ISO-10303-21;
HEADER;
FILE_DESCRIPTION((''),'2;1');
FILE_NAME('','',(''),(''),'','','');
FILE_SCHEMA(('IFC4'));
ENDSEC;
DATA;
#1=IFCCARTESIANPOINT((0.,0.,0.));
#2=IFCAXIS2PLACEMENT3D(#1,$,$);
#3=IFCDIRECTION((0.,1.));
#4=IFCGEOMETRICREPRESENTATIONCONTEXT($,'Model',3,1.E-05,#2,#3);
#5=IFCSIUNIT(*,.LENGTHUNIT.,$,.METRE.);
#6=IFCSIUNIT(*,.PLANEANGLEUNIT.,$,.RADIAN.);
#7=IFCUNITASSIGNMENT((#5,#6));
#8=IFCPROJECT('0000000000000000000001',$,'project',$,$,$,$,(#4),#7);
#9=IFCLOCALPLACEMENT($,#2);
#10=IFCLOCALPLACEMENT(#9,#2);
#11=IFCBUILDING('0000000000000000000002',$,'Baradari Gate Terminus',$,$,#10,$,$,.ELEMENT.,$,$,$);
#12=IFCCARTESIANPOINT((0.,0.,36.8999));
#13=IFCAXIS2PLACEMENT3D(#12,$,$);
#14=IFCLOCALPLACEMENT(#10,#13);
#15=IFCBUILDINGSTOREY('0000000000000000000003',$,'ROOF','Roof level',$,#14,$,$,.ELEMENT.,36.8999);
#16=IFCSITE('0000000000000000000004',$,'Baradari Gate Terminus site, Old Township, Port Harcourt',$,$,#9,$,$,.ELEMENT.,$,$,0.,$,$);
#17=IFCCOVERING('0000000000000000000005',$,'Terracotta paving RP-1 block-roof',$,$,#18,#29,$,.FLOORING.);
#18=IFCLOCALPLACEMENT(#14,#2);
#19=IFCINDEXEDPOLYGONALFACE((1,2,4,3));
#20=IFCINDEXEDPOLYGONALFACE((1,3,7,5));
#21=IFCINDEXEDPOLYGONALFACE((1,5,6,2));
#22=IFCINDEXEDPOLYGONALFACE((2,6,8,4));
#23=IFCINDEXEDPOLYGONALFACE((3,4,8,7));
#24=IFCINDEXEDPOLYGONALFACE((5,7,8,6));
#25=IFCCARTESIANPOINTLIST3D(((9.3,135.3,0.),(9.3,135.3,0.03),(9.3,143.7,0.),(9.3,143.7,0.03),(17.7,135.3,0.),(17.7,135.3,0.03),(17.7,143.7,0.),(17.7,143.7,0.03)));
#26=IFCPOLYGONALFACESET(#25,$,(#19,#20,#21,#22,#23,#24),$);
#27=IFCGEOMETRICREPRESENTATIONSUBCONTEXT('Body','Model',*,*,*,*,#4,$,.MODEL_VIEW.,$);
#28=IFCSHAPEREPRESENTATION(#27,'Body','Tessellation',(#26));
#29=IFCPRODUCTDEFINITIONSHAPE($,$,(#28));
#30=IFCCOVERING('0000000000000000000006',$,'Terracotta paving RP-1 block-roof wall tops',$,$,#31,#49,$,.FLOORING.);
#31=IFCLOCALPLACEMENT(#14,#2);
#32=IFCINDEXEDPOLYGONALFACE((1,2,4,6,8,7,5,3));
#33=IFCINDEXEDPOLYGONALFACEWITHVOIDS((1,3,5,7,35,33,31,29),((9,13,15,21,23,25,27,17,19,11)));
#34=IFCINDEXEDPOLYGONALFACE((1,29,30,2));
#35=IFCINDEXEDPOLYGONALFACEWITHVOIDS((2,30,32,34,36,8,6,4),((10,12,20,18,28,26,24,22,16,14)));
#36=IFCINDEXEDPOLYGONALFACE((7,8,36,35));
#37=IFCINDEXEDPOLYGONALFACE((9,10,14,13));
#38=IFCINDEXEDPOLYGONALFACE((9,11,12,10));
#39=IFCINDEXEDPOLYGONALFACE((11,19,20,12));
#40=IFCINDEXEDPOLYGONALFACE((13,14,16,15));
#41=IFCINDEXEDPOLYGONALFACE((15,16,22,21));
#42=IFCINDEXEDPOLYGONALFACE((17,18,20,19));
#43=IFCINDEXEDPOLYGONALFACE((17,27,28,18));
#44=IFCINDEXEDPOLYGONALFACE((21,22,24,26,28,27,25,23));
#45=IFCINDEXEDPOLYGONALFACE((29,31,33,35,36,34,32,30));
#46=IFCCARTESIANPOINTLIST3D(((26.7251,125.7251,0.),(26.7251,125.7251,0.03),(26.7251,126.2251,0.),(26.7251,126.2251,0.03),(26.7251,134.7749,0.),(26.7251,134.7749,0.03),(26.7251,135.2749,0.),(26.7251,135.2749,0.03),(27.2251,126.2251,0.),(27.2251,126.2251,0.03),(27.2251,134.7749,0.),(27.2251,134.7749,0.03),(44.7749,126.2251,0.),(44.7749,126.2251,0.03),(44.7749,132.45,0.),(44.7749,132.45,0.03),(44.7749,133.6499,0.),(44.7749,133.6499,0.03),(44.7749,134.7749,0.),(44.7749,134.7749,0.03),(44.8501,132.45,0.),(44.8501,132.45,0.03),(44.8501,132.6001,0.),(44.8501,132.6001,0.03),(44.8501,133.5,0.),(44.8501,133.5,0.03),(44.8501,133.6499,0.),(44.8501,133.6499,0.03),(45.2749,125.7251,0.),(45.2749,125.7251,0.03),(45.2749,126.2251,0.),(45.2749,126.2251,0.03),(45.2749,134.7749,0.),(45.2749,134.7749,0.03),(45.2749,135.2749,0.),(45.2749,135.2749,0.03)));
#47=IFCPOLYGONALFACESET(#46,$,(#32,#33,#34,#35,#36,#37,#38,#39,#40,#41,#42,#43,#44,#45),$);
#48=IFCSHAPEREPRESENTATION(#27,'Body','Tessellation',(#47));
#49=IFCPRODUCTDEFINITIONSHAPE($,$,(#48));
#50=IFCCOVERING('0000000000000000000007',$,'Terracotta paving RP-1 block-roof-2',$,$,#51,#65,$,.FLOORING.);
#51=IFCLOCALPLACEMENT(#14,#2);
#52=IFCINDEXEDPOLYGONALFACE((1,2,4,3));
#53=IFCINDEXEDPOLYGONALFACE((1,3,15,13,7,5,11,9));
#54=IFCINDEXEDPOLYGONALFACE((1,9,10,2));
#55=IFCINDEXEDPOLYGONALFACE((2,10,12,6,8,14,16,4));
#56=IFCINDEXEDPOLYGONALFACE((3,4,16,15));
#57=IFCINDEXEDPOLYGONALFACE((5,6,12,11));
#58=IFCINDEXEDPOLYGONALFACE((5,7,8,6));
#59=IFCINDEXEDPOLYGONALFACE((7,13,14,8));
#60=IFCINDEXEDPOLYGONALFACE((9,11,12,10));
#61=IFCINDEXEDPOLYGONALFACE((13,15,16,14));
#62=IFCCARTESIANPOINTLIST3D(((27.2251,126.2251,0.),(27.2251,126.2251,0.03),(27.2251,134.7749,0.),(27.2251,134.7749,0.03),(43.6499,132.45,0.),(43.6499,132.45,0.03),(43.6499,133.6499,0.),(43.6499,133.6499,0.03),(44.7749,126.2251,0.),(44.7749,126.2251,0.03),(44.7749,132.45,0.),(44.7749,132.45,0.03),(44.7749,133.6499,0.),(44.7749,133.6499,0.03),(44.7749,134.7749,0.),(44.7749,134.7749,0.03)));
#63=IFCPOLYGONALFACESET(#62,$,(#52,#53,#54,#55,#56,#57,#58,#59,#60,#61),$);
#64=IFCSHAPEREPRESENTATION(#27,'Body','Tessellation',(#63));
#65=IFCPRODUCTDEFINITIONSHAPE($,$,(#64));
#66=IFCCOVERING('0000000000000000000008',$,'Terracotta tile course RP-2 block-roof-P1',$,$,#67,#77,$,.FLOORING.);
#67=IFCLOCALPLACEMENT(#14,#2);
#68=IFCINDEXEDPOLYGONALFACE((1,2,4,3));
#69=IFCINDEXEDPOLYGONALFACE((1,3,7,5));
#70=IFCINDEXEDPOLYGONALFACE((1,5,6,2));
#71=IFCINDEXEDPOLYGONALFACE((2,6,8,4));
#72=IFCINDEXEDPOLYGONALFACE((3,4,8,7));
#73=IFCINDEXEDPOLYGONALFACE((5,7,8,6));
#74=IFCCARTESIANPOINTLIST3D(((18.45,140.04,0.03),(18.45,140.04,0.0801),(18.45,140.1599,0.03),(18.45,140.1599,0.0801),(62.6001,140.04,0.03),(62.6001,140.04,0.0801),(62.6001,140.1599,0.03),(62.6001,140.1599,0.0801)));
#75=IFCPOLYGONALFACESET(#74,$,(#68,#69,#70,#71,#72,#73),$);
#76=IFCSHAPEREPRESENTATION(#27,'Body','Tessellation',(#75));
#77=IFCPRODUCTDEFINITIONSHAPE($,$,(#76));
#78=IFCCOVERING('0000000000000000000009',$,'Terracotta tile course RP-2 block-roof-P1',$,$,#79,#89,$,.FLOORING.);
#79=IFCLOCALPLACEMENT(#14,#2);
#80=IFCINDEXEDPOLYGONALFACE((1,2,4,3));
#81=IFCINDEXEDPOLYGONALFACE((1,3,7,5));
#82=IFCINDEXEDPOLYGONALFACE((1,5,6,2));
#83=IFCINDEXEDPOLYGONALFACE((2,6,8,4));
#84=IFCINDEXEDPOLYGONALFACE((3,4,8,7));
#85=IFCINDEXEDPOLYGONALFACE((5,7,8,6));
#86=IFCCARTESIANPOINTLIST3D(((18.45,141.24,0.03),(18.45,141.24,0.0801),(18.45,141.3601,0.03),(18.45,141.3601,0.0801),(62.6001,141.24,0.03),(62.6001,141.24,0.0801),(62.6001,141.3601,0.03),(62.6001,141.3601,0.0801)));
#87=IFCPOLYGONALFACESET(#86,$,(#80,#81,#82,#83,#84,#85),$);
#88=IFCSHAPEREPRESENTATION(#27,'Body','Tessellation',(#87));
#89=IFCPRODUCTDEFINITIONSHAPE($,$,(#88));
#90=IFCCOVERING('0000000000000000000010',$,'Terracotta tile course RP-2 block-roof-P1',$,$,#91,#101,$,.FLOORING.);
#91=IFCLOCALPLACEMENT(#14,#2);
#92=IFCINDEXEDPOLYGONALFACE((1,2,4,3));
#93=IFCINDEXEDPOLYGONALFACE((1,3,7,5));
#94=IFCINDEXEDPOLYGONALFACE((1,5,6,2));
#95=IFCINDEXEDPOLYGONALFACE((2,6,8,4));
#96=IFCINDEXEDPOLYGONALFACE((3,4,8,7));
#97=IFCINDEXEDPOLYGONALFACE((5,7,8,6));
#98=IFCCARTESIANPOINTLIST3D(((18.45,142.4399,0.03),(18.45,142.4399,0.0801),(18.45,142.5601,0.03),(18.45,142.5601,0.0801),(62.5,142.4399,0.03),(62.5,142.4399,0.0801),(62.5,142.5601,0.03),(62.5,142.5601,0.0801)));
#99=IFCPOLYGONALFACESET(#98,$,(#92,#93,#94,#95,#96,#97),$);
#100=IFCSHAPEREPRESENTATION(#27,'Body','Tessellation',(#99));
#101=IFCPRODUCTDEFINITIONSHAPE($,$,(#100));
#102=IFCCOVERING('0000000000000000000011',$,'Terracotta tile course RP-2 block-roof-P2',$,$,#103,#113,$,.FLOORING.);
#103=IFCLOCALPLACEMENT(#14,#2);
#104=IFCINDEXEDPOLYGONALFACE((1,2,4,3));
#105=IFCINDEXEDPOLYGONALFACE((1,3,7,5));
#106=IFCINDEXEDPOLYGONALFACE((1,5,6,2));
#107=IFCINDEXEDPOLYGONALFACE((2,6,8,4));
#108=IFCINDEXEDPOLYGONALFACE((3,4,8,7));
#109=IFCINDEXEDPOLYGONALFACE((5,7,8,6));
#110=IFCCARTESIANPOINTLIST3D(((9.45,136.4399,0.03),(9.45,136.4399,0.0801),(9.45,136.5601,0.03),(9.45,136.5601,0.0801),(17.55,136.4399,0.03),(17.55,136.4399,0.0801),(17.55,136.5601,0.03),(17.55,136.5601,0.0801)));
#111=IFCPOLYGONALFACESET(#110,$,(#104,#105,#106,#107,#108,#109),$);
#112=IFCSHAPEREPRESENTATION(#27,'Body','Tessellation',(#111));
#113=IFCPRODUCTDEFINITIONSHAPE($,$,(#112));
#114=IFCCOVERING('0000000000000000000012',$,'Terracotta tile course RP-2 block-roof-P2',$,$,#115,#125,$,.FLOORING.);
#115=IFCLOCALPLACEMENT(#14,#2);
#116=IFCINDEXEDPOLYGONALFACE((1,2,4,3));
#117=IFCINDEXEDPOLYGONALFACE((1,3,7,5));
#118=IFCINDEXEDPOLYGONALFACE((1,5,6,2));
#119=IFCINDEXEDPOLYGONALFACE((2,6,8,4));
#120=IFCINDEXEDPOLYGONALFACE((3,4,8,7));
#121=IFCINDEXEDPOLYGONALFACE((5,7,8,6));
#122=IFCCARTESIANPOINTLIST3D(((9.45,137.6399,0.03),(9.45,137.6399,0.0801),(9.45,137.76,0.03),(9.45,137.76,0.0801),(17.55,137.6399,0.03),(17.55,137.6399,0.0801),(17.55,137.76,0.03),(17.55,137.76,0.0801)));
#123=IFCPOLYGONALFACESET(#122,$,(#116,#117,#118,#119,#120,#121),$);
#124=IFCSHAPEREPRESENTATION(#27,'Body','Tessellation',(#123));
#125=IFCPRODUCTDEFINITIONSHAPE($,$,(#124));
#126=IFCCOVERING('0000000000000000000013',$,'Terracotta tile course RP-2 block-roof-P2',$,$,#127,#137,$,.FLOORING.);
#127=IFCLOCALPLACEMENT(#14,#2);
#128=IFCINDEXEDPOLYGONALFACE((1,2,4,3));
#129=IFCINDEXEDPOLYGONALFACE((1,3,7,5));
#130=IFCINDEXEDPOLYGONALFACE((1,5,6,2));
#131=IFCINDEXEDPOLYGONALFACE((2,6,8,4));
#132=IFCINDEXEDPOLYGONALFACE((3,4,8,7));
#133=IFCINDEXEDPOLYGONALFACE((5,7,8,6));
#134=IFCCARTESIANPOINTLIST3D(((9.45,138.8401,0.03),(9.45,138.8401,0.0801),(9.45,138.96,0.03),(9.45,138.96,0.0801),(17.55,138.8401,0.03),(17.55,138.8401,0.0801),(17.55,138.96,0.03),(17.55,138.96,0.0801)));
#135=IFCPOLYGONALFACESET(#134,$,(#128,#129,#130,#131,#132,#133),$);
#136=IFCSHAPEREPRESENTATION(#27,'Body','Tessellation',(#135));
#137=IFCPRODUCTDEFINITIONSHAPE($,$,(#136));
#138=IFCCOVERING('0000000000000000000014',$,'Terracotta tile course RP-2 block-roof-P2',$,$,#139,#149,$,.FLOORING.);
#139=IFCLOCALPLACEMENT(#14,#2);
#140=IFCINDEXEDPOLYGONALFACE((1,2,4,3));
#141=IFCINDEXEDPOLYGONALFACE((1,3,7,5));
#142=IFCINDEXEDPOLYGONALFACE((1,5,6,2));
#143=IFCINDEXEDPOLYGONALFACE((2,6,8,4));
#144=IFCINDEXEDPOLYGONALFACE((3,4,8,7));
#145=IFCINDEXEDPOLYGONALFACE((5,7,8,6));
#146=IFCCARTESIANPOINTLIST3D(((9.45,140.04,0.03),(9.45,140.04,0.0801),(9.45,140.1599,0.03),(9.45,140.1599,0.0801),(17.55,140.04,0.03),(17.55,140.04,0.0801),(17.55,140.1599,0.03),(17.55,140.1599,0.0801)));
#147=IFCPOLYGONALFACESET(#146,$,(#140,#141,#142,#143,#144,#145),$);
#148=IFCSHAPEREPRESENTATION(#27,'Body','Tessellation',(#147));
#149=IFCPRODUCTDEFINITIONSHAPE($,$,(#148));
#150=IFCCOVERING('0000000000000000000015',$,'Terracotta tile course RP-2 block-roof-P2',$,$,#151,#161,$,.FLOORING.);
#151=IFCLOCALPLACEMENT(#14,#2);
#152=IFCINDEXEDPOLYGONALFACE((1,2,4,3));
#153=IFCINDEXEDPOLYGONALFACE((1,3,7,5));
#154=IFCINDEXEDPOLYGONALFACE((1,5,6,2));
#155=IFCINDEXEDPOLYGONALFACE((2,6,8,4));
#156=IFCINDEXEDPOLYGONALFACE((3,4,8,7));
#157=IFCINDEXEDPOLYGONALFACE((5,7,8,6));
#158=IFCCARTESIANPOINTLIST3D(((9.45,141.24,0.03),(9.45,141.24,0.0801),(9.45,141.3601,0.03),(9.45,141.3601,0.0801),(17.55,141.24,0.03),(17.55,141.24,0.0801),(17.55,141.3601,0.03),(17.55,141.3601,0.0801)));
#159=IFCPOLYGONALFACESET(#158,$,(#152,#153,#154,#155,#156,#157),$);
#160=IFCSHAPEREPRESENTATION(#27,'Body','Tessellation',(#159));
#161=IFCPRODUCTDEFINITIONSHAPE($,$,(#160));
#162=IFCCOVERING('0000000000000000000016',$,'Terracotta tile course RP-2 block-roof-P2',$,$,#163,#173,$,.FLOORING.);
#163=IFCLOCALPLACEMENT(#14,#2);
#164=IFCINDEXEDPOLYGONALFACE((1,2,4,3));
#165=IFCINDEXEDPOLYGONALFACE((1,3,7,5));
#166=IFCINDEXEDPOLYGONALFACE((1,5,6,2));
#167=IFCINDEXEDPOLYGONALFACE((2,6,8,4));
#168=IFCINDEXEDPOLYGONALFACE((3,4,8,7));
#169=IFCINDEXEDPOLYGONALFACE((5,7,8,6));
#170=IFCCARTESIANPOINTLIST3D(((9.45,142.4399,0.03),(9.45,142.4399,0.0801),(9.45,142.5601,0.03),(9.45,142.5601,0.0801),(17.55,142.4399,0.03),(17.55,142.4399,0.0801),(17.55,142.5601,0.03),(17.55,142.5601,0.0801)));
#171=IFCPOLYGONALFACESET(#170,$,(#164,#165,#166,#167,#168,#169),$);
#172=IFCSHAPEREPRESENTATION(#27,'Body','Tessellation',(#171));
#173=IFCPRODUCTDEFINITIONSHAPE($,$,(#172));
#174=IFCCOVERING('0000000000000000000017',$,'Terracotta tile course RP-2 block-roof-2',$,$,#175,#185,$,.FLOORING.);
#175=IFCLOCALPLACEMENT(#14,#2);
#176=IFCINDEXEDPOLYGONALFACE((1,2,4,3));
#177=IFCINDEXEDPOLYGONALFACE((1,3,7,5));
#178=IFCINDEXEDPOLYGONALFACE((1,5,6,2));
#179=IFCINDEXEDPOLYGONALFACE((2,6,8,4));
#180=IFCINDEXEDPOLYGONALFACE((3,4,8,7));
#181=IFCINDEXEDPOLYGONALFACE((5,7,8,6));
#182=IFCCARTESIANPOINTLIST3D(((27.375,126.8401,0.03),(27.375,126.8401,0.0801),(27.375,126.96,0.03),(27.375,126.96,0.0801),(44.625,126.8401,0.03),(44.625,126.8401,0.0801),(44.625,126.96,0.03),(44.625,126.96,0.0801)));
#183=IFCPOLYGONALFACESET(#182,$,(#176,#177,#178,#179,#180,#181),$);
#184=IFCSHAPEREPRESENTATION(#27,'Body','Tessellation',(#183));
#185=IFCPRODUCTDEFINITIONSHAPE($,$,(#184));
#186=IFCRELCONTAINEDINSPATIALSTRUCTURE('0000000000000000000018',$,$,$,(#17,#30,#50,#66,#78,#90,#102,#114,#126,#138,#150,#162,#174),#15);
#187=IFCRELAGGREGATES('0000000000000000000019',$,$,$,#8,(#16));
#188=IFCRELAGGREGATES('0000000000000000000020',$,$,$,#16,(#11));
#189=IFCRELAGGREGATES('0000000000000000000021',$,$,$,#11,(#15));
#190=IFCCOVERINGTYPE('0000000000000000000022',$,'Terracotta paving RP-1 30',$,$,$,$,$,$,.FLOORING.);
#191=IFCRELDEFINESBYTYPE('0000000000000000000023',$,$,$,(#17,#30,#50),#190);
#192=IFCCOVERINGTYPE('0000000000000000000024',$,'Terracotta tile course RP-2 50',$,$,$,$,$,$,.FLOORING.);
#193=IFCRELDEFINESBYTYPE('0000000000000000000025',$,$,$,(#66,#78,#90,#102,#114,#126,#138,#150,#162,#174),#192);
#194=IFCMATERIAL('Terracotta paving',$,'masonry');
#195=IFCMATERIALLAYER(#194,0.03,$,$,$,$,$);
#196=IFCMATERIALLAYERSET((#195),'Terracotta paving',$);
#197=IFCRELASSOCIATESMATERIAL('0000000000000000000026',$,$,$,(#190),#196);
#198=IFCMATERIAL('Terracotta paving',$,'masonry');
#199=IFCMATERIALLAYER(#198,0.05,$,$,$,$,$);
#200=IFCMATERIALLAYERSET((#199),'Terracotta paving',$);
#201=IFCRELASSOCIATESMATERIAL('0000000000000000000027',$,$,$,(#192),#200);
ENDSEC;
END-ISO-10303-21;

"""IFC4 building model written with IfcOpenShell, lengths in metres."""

from ifc_helpers import new_model, si_unit, direction, frame, origin, place, context, subcontext, project, spatial, polyline, outline, extrude, material, layer, layer_set, type_object, element, save


model = new_model("IFC4")

# Units and contexts
model_context = context("Model", 3, precision=1e-05, world=origin(), true_north=direction((0.0, 1.0)))
body_context = subcontext(model_context, "Body", "Model", "MODEL_VIEW")
ifc_project = project(units=[si_unit("LENGTHUNIT", "METRE"), si_unit("PLANEANGLEUNIT", "RADIAN")], contexts=[model_context])

# Site, building, storey
site_placement = place(None, origin())
site = spatial("IfcSite", under=ifc_project, at=site_placement, Name="Baradari Gate Terminus site, Old Township, Port Harcourt", CompositionType="ELEMENT", RefElevation=0.0)
building_placement = place(site_placement, origin())
building = spatial("IfcBuilding", under=site, at=building_placement, Name="Baradari Gate Terminus", CompositionType="ELEMENT")
storey_placement = place(building_placement, frame((0.0, 0.0, 36.8999)))
storey = spatial("IfcBuildingStorey", under=building, at=storey_placement, Name="ROOF", Description="Roof level", CompositionType="ELEMENT", Elevation=36.8999)

# Coverings
ifc_material_1 = material(Name="Terracotta paving", Category="masonry")
ifc_layer_1 = layer(ifc_material_1, 0.03)
ifc_layer_set_1 = layer_set([ifc_layer_1], Name="Terracotta paving")
covering_type_1 = type_object("IfcCoveringType", Name="Terracotta paving RP-1 30", PredefinedType="FLOORING", material=ifc_layer_set_1)
covering_1_placement = place(storey_placement, origin())
element("IfcCovering", 1, at=covering_1_placement, inside=storey, type_object=covering_type_1, Name="Terracotta paving RP-1 block-roof", PredefinedType="FLOORING", context=body_context, shape_type="SweptSolid", body=[
    extrude(outline(polyline([(9.3, 143.7), (17.7, 143.7), (17.7, 135.3), (9.3, 135.3), (9.3, 143.7)])), origin(), (0.0, 0.0, 1.0), 0.03),
])
covering_2_placement = place(storey_placement, origin())
element("IfcCovering", 2, at=covering_2_placement, inside=storey, type_object=covering_type_1, Name="Terracotta paving RP-1 block-roof wall tops", PredefinedType="FLOORING", context=body_context, shape_type="SweptSolid", body=[
    extrude(outline(polyline([(26.7251, 135.2749), (45.2749, 135.2749), (45.2749, 134.7749), (45.2749, 126.2251), (45.2749, 125.7251), (26.7251, 125.7251), (26.7251, 126.2251), (26.7251, 134.7749), (26.7251, 135.2749)]), holes=[polyline([(44.7749, 132.45), (44.8501, 132.45), (44.8501, 132.6001), (44.8501, 133.5), (44.8501, 133.6499), (44.7749, 133.6499), (44.7749, 134.7749), (27.2251, 134.7749), (27.2251, 126.2251), (44.7749, 126.2251), (44.7749, 132.45)])]), origin(), (0.0, 0.0, 1.0), 0.03),
])
covering_3_placement = place(storey_placement, origin())
element("IfcCovering", 3, at=covering_3_placement, inside=storey, type_object=covering_type_1, Name="Terracotta paving RP-1 block-roof-2", PredefinedType="FLOORING", context=body_context, shape_type="SweptSolid", body=[
    extrude(outline(polyline([(44.7749, 126.2251), (27.2251, 126.2251), (27.2251, 134.7749), (44.7749, 134.7749), (44.7749, 133.6499), (43.6499, 133.6499), (43.6499, 132.45), (44.7749, 132.45), (44.7749, 126.2251)])), origin(), (0.0, 0.0, 1.0), 0.03),
])
ifc_material_2 = material(Name="Terracotta paving", Category="masonry")
ifc_layer_2 = layer(ifc_material_2, 0.05)
ifc_layer_set_2 = layer_set([ifc_layer_2], Name="Terracotta paving")
covering_type_2 = type_object("IfcCoveringType", Name="Terracotta tile course RP-2 50", PredefinedType="FLOORING", material=ifc_layer_set_2)
covering_4_placement = place(storey_placement, frame((0.0, 0.0, 0.03)))
element("IfcCovering", 4, at=covering_4_placement, inside=storey, type_object=covering_type_2, Name="Terracotta tile course RP-2 block-roof-P1", PredefinedType="FLOORING", context=body_context, shape_type="SweptSolid", body=[
    extrude(outline(polyline([(62.6001, 140.04), (62.6001, 140.1599), (18.45, 140.1599), (18.45, 140.04), (62.6001, 140.04)])), origin(), (0.0, 0.0, 1.0), 0.05),
])
covering_5_placement = place(storey_placement, frame((0.0, 0.0, 0.03)))
element("IfcCovering", 5, at=covering_5_placement, inside=storey, type_object=covering_type_2, Name="Terracotta tile course RP-2 block-roof-P1", PredefinedType="FLOORING", context=body_context, shape_type="SweptSolid", body=[
    extrude(outline(polyline([(62.6001, 141.24), (62.6001, 141.3601), (18.45, 141.3601), (18.45, 141.24), (62.6001, 141.24)])), origin(), (0.0, 0.0, 1.0), 0.05),
])
covering_6_placement = place(storey_placement, frame((0.0, 0.0, 0.03)))
element("IfcCovering", 6, at=covering_6_placement, inside=storey, type_object=covering_type_2, Name="Terracotta tile course RP-2 block-roof-P1", PredefinedType="FLOORING", context=body_context, shape_type="SweptSolid", body=[
    extrude(outline(polyline([(62.5, 142.4399), (62.5, 142.5601), (18.45, 142.5601), (18.45, 142.4399), (62.5, 142.4399)])), origin(), (0.0, 0.0, 1.0), 0.05),
])
covering_7_placement = place(storey_placement, frame((0.0, 0.0, 0.03)))
element("IfcCovering", 7, at=covering_7_placement, inside=storey, type_object=covering_type_2, Name="Terracotta tile course RP-2 block-roof-P2", PredefinedType="FLOORING", context=body_context, shape_type="SweptSolid", body=[
    extrude(outline(polyline([(17.55, 136.4399), (17.55, 136.5601), (9.45, 136.5601), (9.45, 136.4399), (17.55, 136.4399)])), origin(), (0.0, 0.0, 1.0), 0.05),
])
covering_8_placement = place(storey_placement, frame((0.0, 0.0, 0.03)))
element("IfcCovering", 8, at=covering_8_placement, inside=storey, type_object=covering_type_2, Name="Terracotta tile course RP-2 block-roof-P2", PredefinedType="FLOORING", context=body_context, shape_type="SweptSolid", body=[
    extrude(outline(polyline([(17.55, 137.6399), (17.55, 137.76), (9.45, 137.76), (9.45, 137.6399), (17.55, 137.6399)])), origin(), (0.0, 0.0, 1.0), 0.05),
])
covering_9_placement = place(storey_placement, frame((0.0, 0.0, 0.03)))
element("IfcCovering", 9, at=covering_9_placement, inside=storey, type_object=covering_type_2, Name="Terracotta tile course RP-2 block-roof-P2", PredefinedType="FLOORING", context=body_context, shape_type="SweptSolid", body=[
    extrude(outline(polyline([(17.55, 138.8401), (17.55, 138.96), (9.45, 138.96), (9.45, 138.8401), (17.55, 138.8401)])), origin(), (0.0, 0.0, 1.0), 0.05),
])
covering_10_placement = place(storey_placement, frame((0.0, 0.0, 0.03)))
element("IfcCovering", 10, at=covering_10_placement, inside=storey, type_object=covering_type_2, Name="Terracotta tile course RP-2 block-roof-P2", PredefinedType="FLOORING", context=body_context, shape_type="SweptSolid", body=[
    extrude(outline(polyline([(17.55, 140.04), (17.55, 140.1599), (9.45, 140.1599), (9.45, 140.04), (17.55, 140.04)])), origin(), (0.0, 0.0, 1.0), 0.05),
])
covering_11_placement = place(storey_placement, frame((0.0, 0.0, 0.03)))
element("IfcCovering", 11, at=covering_11_placement, inside=storey, type_object=covering_type_2, Name="Terracotta tile course RP-2 block-roof-P2", PredefinedType="FLOORING", context=body_context, shape_type="SweptSolid", body=[
    extrude(outline(polyline([(17.55, 141.24), (17.55, 141.3601), (9.45, 141.3601), (9.45, 141.24), (17.55, 141.24)])), origin(), (0.0, 0.0, 1.0), 0.05),
])
covering_12_placement = place(storey_placement, frame((0.0, 0.0, 0.03)))
element("IfcCovering", 12, at=covering_12_placement, inside=storey, type_object=covering_type_2, Name="Terracotta tile course RP-2 block-roof-P2", PredefinedType="FLOORING", context=body_context, shape_type="SweptSolid", body=[
    extrude(outline(polyline([(17.55, 142.4399), (17.55, 142.5601), (9.45, 142.5601), (9.45, 142.4399), (17.55, 142.4399)])), origin(), (0.0, 0.0, 1.0), 0.05),
])
covering_13_placement = place(storey_placement, frame((0.0, 0.0, 0.03)))
element("IfcCovering", 13, at=covering_13_placement, inside=storey, type_object=covering_type_2, Name="Terracotta tile course RP-2 block-roof-2", PredefinedType="FLOORING", context=body_context, shape_type="SweptSolid", body=[
    extrude(outline(polyline([(44.625, 126.8401), (44.625, 126.96), (27.375, 126.96), (27.375, 126.8401), (44.625, 126.8401)])), origin(), (0.0, 0.0, 1.0), 0.05),
])

save(model, "model.ifc")
